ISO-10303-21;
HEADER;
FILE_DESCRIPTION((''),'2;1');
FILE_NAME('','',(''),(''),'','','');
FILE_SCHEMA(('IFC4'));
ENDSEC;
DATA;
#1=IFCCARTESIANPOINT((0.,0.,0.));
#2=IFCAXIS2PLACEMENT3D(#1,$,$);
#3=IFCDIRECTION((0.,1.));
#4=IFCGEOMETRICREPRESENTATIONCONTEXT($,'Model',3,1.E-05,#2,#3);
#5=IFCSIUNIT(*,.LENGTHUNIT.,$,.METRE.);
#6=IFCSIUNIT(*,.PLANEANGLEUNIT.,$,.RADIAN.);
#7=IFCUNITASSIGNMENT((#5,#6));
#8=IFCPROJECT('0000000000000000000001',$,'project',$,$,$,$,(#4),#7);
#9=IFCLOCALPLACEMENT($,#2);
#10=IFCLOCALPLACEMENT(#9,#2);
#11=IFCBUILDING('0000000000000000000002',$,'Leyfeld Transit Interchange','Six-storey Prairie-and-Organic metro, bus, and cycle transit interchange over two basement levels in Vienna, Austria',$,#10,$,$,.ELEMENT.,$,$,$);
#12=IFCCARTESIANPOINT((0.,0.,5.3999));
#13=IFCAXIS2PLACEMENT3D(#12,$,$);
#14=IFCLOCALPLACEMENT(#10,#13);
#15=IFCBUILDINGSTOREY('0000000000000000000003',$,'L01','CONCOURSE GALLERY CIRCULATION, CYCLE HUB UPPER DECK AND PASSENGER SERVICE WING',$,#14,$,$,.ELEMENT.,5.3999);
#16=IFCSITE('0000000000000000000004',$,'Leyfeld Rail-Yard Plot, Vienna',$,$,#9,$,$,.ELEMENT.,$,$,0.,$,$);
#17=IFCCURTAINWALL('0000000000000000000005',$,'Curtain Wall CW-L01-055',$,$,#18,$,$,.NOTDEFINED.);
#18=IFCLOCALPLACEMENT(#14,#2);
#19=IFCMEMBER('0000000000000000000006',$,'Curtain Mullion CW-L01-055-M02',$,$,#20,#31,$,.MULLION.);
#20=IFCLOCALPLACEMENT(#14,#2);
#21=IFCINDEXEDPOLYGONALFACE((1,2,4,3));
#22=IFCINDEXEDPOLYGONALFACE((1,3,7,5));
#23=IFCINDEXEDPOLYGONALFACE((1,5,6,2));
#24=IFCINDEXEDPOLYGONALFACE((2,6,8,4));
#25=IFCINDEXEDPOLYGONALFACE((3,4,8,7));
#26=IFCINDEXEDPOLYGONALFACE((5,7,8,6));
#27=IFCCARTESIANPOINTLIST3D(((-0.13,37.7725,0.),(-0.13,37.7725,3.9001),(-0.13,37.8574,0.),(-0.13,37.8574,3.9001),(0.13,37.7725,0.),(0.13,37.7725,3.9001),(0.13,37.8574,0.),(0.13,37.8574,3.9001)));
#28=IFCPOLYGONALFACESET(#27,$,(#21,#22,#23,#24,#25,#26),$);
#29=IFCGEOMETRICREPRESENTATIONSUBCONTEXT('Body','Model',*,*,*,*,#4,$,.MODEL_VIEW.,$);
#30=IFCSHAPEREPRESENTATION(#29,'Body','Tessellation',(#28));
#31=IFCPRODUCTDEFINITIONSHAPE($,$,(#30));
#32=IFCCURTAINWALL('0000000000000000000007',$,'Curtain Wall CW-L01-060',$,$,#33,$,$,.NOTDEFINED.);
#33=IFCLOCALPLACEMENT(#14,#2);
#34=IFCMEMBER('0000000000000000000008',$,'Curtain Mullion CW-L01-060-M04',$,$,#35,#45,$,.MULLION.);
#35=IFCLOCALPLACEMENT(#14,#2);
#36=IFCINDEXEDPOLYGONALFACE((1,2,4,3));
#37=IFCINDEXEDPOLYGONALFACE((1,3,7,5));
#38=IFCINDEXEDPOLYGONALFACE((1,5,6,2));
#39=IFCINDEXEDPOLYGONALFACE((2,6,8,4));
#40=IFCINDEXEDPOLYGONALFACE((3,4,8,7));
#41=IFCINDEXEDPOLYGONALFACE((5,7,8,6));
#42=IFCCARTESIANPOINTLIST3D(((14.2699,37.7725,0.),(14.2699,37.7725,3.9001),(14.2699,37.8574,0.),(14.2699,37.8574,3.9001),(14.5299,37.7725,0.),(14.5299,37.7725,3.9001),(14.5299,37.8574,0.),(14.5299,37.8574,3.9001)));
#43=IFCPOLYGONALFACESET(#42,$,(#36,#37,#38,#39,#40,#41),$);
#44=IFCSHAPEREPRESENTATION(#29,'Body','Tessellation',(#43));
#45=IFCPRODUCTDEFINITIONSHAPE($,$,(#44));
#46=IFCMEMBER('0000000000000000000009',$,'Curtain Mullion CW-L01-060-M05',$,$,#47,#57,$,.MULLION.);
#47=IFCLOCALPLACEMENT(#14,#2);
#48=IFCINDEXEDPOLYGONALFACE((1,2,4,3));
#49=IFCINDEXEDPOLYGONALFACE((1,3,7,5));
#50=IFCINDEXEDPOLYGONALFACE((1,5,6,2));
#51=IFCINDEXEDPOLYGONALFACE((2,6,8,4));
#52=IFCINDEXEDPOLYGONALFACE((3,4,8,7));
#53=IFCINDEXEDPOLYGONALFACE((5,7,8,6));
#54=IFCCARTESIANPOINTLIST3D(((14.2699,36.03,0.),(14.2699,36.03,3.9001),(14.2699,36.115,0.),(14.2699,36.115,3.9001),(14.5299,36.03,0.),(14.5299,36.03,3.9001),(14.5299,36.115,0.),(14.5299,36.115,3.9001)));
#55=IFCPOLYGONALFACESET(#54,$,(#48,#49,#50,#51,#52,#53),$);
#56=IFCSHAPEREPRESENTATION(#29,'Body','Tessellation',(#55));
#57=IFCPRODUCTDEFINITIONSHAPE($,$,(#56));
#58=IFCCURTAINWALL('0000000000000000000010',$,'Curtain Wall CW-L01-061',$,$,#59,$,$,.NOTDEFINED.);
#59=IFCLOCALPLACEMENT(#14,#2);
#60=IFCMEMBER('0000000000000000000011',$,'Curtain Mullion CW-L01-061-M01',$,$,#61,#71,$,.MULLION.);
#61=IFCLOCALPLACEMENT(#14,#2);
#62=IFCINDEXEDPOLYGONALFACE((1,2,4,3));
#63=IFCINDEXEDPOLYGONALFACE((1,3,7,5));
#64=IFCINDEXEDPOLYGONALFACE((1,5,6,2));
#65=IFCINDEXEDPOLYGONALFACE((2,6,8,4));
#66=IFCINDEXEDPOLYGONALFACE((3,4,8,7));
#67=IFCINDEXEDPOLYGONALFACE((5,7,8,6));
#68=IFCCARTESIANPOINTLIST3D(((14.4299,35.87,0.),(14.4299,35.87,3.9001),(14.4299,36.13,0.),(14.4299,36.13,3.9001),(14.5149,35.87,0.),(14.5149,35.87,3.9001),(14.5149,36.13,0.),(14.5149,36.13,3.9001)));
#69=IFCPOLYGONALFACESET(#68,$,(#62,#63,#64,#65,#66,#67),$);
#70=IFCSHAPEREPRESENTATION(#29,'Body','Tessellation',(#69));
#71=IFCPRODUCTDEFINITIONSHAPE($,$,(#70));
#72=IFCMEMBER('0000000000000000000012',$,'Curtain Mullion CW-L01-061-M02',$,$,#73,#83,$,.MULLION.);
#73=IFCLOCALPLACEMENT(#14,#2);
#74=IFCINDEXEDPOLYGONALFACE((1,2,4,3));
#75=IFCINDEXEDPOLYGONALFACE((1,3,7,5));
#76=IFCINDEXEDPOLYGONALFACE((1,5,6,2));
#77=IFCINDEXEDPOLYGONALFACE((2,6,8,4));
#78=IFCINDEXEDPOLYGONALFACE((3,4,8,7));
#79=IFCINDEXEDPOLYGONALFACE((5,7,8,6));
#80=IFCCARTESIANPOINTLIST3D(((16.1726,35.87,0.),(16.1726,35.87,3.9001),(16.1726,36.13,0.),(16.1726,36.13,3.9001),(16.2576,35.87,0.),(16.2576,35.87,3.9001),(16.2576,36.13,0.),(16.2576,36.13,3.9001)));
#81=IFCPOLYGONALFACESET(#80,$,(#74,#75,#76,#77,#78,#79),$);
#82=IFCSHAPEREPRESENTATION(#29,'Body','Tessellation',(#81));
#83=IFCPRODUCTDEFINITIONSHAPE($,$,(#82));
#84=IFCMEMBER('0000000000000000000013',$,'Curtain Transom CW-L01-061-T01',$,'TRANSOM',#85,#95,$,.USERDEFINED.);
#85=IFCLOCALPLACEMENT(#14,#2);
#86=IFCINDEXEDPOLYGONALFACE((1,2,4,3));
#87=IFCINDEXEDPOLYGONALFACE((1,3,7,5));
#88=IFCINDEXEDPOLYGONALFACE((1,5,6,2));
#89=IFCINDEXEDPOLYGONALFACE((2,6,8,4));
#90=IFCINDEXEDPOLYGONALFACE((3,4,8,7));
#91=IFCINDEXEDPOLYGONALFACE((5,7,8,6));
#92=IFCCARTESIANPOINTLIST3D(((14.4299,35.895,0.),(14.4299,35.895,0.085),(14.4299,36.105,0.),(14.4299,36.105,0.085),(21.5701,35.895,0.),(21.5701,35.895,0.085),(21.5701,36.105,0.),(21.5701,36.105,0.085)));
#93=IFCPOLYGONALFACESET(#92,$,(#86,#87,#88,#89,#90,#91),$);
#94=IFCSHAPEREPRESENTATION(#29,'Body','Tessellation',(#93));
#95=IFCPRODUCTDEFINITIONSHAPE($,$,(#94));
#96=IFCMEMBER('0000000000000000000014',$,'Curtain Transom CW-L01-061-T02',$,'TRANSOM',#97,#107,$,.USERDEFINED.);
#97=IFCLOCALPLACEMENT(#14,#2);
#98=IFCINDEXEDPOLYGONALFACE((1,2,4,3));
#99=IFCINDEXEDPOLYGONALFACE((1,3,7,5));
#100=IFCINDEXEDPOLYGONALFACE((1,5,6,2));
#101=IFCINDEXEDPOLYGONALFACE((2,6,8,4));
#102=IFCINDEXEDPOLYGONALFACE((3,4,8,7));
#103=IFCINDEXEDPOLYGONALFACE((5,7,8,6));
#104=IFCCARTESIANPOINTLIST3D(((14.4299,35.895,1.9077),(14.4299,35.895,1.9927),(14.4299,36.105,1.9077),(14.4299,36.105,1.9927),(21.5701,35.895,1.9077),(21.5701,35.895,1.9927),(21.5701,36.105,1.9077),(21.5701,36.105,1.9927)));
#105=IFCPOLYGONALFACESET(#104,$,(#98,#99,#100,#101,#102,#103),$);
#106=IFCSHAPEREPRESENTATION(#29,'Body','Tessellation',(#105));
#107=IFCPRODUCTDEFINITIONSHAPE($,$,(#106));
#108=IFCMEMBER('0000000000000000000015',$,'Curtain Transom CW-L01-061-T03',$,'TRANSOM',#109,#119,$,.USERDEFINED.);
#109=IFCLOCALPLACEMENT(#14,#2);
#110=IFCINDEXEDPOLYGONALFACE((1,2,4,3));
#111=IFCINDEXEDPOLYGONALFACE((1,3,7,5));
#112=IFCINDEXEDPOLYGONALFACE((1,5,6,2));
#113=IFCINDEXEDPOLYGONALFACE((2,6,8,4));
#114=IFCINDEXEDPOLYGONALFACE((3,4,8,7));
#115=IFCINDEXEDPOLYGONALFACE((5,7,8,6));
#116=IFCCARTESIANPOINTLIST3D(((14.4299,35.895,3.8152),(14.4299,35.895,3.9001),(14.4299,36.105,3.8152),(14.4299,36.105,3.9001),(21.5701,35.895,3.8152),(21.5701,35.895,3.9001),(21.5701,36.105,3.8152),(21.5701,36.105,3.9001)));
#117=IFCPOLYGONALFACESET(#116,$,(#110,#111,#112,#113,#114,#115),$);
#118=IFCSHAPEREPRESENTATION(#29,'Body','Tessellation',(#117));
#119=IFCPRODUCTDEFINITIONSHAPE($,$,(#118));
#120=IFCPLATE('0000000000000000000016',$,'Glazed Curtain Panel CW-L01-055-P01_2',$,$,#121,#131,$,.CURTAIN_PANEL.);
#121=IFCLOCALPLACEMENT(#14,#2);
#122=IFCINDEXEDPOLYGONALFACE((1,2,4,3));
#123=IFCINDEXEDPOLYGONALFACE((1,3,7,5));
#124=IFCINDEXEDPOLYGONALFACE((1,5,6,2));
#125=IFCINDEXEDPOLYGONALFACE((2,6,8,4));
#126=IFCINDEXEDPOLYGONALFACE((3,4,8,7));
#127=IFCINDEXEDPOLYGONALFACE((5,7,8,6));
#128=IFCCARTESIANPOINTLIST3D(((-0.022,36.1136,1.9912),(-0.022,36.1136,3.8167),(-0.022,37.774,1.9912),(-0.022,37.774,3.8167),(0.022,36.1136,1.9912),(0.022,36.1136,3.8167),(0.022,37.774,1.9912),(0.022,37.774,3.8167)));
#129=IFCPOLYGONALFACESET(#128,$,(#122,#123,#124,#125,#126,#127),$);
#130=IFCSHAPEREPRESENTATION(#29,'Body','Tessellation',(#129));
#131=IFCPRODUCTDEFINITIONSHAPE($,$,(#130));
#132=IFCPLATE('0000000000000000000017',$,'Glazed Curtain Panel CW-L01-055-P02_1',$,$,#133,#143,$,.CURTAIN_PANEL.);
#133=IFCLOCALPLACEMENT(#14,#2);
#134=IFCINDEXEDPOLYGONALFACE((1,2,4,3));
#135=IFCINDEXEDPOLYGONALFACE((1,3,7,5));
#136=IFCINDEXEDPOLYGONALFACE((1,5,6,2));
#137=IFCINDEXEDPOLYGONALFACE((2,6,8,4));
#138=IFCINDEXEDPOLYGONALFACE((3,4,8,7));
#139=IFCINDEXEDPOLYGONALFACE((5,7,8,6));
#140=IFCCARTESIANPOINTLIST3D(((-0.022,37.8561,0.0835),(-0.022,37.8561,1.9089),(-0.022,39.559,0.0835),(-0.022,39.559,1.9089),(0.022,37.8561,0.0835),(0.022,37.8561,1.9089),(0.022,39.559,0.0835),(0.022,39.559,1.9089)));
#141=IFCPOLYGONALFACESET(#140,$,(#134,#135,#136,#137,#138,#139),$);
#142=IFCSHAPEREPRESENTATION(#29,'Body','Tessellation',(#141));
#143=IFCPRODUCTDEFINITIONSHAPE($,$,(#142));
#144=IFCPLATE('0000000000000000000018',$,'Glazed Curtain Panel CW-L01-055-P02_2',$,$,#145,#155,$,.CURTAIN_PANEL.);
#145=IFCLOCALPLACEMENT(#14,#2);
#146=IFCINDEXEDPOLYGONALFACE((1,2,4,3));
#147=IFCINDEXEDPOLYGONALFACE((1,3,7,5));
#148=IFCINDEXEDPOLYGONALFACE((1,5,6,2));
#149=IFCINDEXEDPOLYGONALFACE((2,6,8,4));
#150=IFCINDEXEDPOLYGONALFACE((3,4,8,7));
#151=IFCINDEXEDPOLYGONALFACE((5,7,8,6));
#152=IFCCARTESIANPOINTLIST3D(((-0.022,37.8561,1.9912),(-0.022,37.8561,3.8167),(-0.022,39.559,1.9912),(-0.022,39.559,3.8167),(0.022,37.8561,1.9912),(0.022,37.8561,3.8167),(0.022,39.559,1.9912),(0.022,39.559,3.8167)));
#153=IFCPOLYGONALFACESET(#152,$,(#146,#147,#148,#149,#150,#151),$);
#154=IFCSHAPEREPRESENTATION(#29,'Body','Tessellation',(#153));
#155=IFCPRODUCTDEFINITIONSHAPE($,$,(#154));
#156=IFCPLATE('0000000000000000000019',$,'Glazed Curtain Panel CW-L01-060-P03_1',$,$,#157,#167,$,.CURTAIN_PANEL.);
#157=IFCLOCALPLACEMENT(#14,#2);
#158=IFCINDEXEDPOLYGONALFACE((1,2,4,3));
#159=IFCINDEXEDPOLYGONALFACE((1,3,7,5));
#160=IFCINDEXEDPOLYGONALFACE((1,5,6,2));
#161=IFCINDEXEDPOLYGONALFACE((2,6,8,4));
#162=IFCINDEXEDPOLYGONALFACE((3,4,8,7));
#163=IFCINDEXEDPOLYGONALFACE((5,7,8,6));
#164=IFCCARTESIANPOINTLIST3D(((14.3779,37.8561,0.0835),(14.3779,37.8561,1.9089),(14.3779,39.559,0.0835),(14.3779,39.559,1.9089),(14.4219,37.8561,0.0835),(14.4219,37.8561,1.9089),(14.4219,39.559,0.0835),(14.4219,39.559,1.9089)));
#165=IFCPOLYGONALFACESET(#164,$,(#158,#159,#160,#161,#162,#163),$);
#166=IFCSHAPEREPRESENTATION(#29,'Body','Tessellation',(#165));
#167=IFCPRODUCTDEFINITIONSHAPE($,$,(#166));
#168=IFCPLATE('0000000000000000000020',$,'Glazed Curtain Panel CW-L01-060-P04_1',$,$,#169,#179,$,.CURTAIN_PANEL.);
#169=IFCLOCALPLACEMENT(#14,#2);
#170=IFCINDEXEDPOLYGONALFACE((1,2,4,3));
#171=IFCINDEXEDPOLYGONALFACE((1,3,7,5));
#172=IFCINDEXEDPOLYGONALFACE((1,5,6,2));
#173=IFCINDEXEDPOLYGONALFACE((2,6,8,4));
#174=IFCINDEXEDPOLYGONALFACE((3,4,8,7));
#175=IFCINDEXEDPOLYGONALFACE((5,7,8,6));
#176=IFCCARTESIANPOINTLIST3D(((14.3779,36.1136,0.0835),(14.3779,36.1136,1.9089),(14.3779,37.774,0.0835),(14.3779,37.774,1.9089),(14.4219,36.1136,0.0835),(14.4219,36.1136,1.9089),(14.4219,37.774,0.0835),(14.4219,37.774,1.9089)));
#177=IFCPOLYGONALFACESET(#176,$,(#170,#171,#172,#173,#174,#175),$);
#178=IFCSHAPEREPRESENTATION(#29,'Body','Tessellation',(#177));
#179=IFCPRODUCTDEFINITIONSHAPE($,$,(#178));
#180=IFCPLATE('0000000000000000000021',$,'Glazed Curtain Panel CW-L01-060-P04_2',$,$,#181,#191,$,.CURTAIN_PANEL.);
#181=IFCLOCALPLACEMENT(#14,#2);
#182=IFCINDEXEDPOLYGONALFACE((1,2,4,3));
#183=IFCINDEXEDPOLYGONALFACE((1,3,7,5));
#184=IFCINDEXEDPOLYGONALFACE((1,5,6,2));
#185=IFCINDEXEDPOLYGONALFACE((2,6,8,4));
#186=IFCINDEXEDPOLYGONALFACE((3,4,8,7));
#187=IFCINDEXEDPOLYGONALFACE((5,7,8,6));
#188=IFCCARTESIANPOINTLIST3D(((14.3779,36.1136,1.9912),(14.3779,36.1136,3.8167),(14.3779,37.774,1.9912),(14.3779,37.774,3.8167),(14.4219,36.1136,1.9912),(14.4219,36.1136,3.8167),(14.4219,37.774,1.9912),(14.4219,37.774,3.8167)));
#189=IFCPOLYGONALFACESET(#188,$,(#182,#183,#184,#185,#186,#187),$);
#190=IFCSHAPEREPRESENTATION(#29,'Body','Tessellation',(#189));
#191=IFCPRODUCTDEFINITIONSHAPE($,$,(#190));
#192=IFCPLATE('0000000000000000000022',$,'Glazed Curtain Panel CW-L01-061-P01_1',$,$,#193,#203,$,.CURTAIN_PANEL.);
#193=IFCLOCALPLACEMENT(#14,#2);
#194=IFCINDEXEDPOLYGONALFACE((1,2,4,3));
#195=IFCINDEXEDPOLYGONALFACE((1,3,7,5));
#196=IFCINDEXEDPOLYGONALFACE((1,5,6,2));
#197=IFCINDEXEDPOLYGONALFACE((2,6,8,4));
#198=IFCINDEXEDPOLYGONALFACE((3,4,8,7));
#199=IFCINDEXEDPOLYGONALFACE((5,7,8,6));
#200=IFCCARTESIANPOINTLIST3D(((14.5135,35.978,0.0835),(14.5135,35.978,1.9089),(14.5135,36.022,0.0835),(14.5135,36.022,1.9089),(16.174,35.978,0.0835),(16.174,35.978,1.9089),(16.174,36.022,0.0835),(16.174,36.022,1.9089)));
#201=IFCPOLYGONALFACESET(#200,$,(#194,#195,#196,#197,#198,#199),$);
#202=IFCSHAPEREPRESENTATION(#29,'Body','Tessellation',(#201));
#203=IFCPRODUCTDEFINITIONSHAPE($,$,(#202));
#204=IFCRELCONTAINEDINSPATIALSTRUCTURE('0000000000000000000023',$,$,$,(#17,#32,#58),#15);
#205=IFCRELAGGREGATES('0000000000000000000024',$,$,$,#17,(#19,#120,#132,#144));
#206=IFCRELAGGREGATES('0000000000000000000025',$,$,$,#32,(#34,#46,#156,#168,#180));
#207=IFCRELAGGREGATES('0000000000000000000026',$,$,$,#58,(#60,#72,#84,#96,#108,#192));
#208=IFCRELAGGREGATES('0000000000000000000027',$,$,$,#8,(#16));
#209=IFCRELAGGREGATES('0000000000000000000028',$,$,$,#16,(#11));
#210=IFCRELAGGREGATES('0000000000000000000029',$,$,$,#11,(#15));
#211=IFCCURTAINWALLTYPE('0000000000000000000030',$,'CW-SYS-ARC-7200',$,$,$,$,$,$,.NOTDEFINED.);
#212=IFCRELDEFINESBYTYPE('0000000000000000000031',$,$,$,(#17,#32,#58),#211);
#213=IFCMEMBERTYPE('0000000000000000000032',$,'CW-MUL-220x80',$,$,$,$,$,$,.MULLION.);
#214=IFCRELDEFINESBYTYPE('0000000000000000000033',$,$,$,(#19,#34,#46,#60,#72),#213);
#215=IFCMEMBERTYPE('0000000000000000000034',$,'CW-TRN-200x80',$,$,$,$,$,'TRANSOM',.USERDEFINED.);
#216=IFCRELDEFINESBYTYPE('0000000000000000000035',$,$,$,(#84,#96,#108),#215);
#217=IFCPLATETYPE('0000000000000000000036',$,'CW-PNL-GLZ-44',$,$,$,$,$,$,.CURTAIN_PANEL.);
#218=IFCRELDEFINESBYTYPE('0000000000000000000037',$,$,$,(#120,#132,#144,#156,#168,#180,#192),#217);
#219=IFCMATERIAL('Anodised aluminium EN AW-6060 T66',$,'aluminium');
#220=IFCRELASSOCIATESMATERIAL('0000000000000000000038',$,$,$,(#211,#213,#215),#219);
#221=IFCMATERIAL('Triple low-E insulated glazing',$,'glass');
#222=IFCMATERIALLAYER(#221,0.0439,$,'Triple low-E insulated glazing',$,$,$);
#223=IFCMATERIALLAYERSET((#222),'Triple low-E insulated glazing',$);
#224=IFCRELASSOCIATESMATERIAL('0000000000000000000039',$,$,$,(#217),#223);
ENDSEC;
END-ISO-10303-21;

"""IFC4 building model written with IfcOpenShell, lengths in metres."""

from ifc_helpers import new_model, si_unit, direction, frame, origin, origin_2d, place, context, subcontext, project, spatial, rectangle, extrude, material, layer, layer_set, material_profile, profile_set, type_object, element, aggregate, save


model = new_model("IFC4")

# Units and contexts
model_context = context("Model", 3, precision=1e-05, world=origin(), true_north=direction((0.0, 1.0)))
body_context = subcontext(model_context, "Body", "Model", "MODEL_VIEW")
ifc_project = project(units=[si_unit("LENGTHUNIT", "METRE"), si_unit("PLANEANGLEUNIT", "RADIAN")], contexts=[model_context])

# Site, building, storey
site_placement = place(None, origin())
site = spatial("IfcSite", under=ifc_project, at=site_placement, Name="Leyfeld Rail-Yard Plot, Vienna", CompositionType="ELEMENT", RefElevation=0.0)
building_placement = place(site_placement, origin())
building = spatial("IfcBuilding", under=site, at=building_placement, Name="Leyfeld Transit Interchange", Description="Six-storey Prairie-and-Organic metro, bus, and cycle transit interchange over two basement levels in Vienna, Austria", CompositionType="ELEMENT")
storey_placement = place(building_placement, frame((0.0, 0.0, 5.3999)))
storey = spatial("IfcBuildingStorey", under=building, at=storey_placement, Name="L01", Description="CONCOURSE GALLERY CIRCULATION, CYCLE HUB UPPER DECK AND PASSENGER SERVICE WING", CompositionType="ELEMENT", Elevation=5.3999)

# Curtain wall, member
ifc_material_1 = material(Name="Anodised aluminium EN AW-6060 T66", Category="aluminium")
curtain_wall_type = type_object("IfcCurtainWallType", Name="CW-SYS-ARC-7200", PredefinedType="NOTDEFINED", material=ifc_material_1)
curtain_wall_1_placement = place(storey_placement, origin())
curtain_wall_1 = element("IfcCurtainWall", 1, at=curtain_wall_1_placement, inside=storey, type_object=curtain_wall_type, Name="Curtain Wall CW-L01-055", PredefinedType="NOTDEFINED")
ifc_material_profile_1 = material_profile(ifc_material_1, rectangle(XDim=0.085, YDim=0.26, at=origin_2d()), Name="CW-M 85x260")
ifc_profile_set_1 = profile_set([ifc_material_profile_1], Name="Anodised aluminium EN AW-6060 T66")
member_type_1 = type_object("IfcMemberType", Name="CW-MUL-220x80", PredefinedType="MULLION", material=ifc_profile_set_1)
member_1_placement = place(storey_placement, frame((0.0, 37.8149, 0.0), z_axis=(0.0, 0.0, 1.0), x_axis=(0.0, 1.0, 0.0)))
member_1 = element("IfcMember", 2, at=member_1_placement, type_object=member_type_1, Name="Curtain Mullion CW-L01-055-M02", PredefinedType="MULLION", context=body_context, shape_type="SweptSolid", body=[
    extrude(rectangle(XDim=0.085, YDim=0.26, at=origin_2d()), origin(), (0.0, 0.0, 1.0), 3.9001),
])

# Curtain walls, members
curtain_wall_2_placement = place(storey_placement, origin())
curtain_wall_2 = element("IfcCurtainWall", 3, at=curtain_wall_2_placement, inside=storey, type_object=curtain_wall_type, Name="Curtain Wall CW-L01-060", PredefinedType="NOTDEFINED")
member_2_placement = place(storey_placement, frame((14.3999, 37.8149, 0.0), z_axis=(0.0, 0.0, 1.0), x_axis=(0.0, -1.0, 0.0)))
member_2 = element("IfcMember", 4, at=member_2_placement, type_object=member_type_1, Name="Curtain Mullion CW-L01-060-M04", PredefinedType="MULLION", context=body_context, shape_type="SweptSolid", body=[
    extrude(rectangle(XDim=0.085, YDim=0.26, at=origin_2d()), origin(), (0.0, 0.0, 1.0), 3.9001),
])
member_3_placement = place(storey_placement, frame((14.3999, 36.0725, 0.0), z_axis=(0.0, 0.0, 1.0), x_axis=(0.0, -1.0, 0.0)))
member_3 = element("IfcMember", 5, at=member_3_placement, type_object=member_type_1, Name="Curtain Mullion CW-L01-060-M05", PredefinedType="MULLION", context=body_context, shape_type="SweptSolid", body=[
    extrude(rectangle(XDim=0.085, YDim=0.26, at=origin_2d()), origin(), (0.0, 0.0, 1.0), 3.9001),
])
curtain_wall_3_placement = place(storey_placement, origin())
curtain_wall_3 = element("IfcCurtainWall", 6, at=curtain_wall_3_placement, inside=storey, type_object=curtain_wall_type, Name="Curtain Wall CW-L01-061", PredefinedType="NOTDEFINED")
member_4_placement = place(storey_placement, frame((14.4724, 36.0, 0.0), z_axis=(0.0, 0.0, 1.0), x_axis=(1.0, 0.0, 0.0)))
member_4 = element("IfcMember", 7, at=member_4_placement, type_object=member_type_1, Name="Curtain Mullion CW-L01-061-M01", PredefinedType="MULLION", context=body_context, shape_type="SweptSolid", body=[
    extrude(rectangle(XDim=0.085, YDim=0.26, at=origin_2d()), origin(), (0.0, 0.0, 1.0), 3.9001),
])
member_5_placement = place(storey_placement, frame((16.2151, 36.0, 0.0), z_axis=(0.0, 0.0, 1.0), x_axis=(1.0, 0.0, 0.0)))
member_5 = element("IfcMember", 8, at=member_5_placement, type_object=member_type_1, Name="Curtain Mullion CW-L01-061-M02", PredefinedType="MULLION", context=body_context, shape_type="SweptSolid", body=[
    extrude(rectangle(XDim=0.085, YDim=0.26, at=origin_2d()), origin(), (0.0, 0.0, 1.0), 3.9001),
])
ifc_material_profile_2 = material_profile(ifc_material_1, rectangle(XDim=0.21, YDim=0.085, at=origin_2d()), Name="CW-TRN-200x80")
ifc_profile_set_2 = profile_set([ifc_material_profile_2], Name="Anodised aluminium EN AW-6060 T66")
member_type_2 = type_object("IfcMemberType", Name="CW-TRN-200x80", ElementType="TRANSOM", PredefinedType="USERDEFINED", material=ifc_profile_set_2)
member_6_placement = place(storey_placement, frame((14.4299, 36.0, 0.0425), z_axis=(1.0, 0.0, 0.0), x_axis=(0.0, 1.0, 0.0)))
member_6 = element("IfcMember", 9, at=member_6_placement, type_object=member_type_2, Name="Curtain Transom CW-L01-061-T01", ObjectType="TRANSOM", PredefinedType="USERDEFINED", context=body_context, shape_type="SweptSolid", body=[
    extrude(rectangle(XDim=0.21, YDim=0.085, at=origin_2d()), origin(), (0.0, 0.0, 1.0), 7.1401),
])
member_7_placement = place(storey_placement, frame((14.4299, 36.0, 1.9502), z_axis=(1.0, 0.0, 0.0), x_axis=(0.0, 1.0, 0.0)))
member_7 = element("IfcMember", 10, at=member_7_placement, type_object=member_type_2, Name="Curtain Transom CW-L01-061-T02", ObjectType="TRANSOM", PredefinedType="USERDEFINED", context=body_context, shape_type="SweptSolid", body=[
    extrude(rectangle(XDim=0.21, YDim=0.085, at=origin_2d()), origin(), (0.0, 0.0, 1.0), 7.1401),
])
member_8_placement = place(storey_placement, frame((14.4299, 36.0, 3.8577), z_axis=(1.0, 0.0, 0.0), x_axis=(0.0, 1.0, 0.0)))
member_8 = element("IfcMember", 11, at=member_8_placement, type_object=member_type_2, Name="Curtain Transom CW-L01-061-T03", ObjectType="TRANSOM", PredefinedType="USERDEFINED", context=body_context, shape_type="SweptSolid", body=[
    extrude(rectangle(XDim=0.21, YDim=0.085, at=origin_2d()), origin(), (0.0, 0.0, 1.0), 7.1401),
])

# Plates
ifc_material_2 = material(Name="Triple low-E insulated glazing", Category="glass")
ifc_layer_1 = layer(ifc_material_2, 0.0439, Name="Triple low-E insulated glazing")
ifc_layer_set_1 = layer_set([ifc_layer_1], Name="Triple low-E insulated glazing")
plate_type = type_object("IfcPlateType", Name="CW-PNL-GLZ-44", PredefinedType="CURTAIN_PANEL", material=ifc_layer_set_1)
plate_1_placement = place(storey_placement, frame((0.0, 36.9438, 1.9912), z_axis=(0.0, 0.0, 1.0), x_axis=(0.0, 1.0, 0.0)))
plate_1 = element("IfcPlate", 12, at=plate_1_placement, type_object=plate_type, Name="Glazed Curtain Panel CW-L01-055-P01_2", PredefinedType="CURTAIN_PANEL", context=body_context, shape_type="SweptSolid", body=[
    extrude(rectangle(XDim=1.6604, YDim=0.0439, at=origin_2d()), origin(), (0.0, 0.0, 1.0), 1.8254),
])
plate_2_placement = place(storey_placement, frame((0.0, 38.7075, 0.0835), z_axis=(0.0, 0.0, 1.0), x_axis=(0.0, 1.0, 0.0)))
plate_2 = element("IfcPlate", 13, at=plate_2_placement, type_object=plate_type, Name="Glazed Curtain Panel CW-L01-055-P02_1", PredefinedType="CURTAIN_PANEL", context=body_context, shape_type="SweptSolid", body=[
    extrude(rectangle(XDim=1.7029, YDim=0.0439, at=origin_2d()), origin(), (0.0, 0.0, 1.0), 1.8254),
])
plate_3_placement = place(storey_placement, frame((0.0, 38.7075, 1.9912), z_axis=(0.0, 0.0, 1.0), x_axis=(0.0, 1.0, 0.0)))
plate_3 = element("IfcPlate", 14, at=plate_3_placement, type_object=plate_type, Name="Glazed Curtain Panel CW-L01-055-P02_2", PredefinedType="CURTAIN_PANEL", context=body_context, shape_type="SweptSolid", body=[
    extrude(rectangle(XDim=1.7029, YDim=0.0439, at=origin_2d()), origin(), (0.0, 0.0, 1.0), 1.8254),
])
aggregate(curtain_wall_1, [member_1, plate_1, plate_2, plate_3])
plate_4_placement = place(storey_placement, frame((14.3999, 38.7075, 0.0835), z_axis=(0.0, 0.0, 1.0), x_axis=(0.0, -1.0, 0.0)))
plate_4 = element("IfcPlate", 15, at=plate_4_placement, type_object=plate_type, Name="Glazed Curtain Panel CW-L01-060-P03_1", PredefinedType="CURTAIN_PANEL", context=body_context, shape_type="SweptSolid", body=[
    extrude(rectangle(XDim=1.7029, YDim=0.0439, at=origin_2d()), origin(), (0.0, 0.0, 1.0), 1.8254),
])
plate_5_placement = place(storey_placement, frame((14.3999, 36.9438, 0.0835), z_axis=(0.0, 0.0, 1.0), x_axis=(0.0, -1.0, 0.0)))
plate_5 = element("IfcPlate", 16, at=plate_5_placement, type_object=plate_type, Name="Glazed Curtain Panel CW-L01-060-P04_1", PredefinedType="CURTAIN_PANEL", context=body_context, shape_type="SweptSolid", body=[
    extrude(rectangle(XDim=1.6604, YDim=0.0439, at=origin_2d()), origin(), (0.0, 0.0, 1.0), 1.8254),
])
plate_6_placement = place(storey_placement, frame((14.3999, 36.9438, 1.9912), z_axis=(0.0, 0.0, 1.0), x_axis=(0.0, -1.0, 0.0)))
plate_6 = element("IfcPlate", 17, at=plate_6_placement, type_object=plate_type, Name="Glazed Curtain Panel CW-L01-060-P04_2", PredefinedType="CURTAIN_PANEL", context=body_context, shape_type="SweptSolid", body=[
    extrude(rectangle(XDim=1.6604, YDim=0.0439, at=origin_2d()), origin(), (0.0, 0.0, 1.0), 1.8254),
])
aggregate(curtain_wall_2, [member_2, member_3, plate_4, plate_5, plate_6])
plate_7_placement = place(storey_placement, frame((15.3438, 36.0, 0.0835), z_axis=(0.0, 0.0, 1.0), x_axis=(1.0, 0.0, 0.0)))
plate_7 = element("IfcPlate", 18, at=plate_7_placement, type_object=plate_type, Name="Glazed Curtain Panel CW-L01-061-P01_1", PredefinedType="CURTAIN_PANEL", context=body_context, shape_type="SweptSolid", body=[
    extrude(rectangle(XDim=1.6604, YDim=0.0439, at=origin_2d()), origin(), (0.0, 0.0, 1.0), 1.8254),
])
aggregate(curtain_wall_3, [member_4, member_5, member_6, member_7, member_8, plate_7])

save(model, "model.ifc")
